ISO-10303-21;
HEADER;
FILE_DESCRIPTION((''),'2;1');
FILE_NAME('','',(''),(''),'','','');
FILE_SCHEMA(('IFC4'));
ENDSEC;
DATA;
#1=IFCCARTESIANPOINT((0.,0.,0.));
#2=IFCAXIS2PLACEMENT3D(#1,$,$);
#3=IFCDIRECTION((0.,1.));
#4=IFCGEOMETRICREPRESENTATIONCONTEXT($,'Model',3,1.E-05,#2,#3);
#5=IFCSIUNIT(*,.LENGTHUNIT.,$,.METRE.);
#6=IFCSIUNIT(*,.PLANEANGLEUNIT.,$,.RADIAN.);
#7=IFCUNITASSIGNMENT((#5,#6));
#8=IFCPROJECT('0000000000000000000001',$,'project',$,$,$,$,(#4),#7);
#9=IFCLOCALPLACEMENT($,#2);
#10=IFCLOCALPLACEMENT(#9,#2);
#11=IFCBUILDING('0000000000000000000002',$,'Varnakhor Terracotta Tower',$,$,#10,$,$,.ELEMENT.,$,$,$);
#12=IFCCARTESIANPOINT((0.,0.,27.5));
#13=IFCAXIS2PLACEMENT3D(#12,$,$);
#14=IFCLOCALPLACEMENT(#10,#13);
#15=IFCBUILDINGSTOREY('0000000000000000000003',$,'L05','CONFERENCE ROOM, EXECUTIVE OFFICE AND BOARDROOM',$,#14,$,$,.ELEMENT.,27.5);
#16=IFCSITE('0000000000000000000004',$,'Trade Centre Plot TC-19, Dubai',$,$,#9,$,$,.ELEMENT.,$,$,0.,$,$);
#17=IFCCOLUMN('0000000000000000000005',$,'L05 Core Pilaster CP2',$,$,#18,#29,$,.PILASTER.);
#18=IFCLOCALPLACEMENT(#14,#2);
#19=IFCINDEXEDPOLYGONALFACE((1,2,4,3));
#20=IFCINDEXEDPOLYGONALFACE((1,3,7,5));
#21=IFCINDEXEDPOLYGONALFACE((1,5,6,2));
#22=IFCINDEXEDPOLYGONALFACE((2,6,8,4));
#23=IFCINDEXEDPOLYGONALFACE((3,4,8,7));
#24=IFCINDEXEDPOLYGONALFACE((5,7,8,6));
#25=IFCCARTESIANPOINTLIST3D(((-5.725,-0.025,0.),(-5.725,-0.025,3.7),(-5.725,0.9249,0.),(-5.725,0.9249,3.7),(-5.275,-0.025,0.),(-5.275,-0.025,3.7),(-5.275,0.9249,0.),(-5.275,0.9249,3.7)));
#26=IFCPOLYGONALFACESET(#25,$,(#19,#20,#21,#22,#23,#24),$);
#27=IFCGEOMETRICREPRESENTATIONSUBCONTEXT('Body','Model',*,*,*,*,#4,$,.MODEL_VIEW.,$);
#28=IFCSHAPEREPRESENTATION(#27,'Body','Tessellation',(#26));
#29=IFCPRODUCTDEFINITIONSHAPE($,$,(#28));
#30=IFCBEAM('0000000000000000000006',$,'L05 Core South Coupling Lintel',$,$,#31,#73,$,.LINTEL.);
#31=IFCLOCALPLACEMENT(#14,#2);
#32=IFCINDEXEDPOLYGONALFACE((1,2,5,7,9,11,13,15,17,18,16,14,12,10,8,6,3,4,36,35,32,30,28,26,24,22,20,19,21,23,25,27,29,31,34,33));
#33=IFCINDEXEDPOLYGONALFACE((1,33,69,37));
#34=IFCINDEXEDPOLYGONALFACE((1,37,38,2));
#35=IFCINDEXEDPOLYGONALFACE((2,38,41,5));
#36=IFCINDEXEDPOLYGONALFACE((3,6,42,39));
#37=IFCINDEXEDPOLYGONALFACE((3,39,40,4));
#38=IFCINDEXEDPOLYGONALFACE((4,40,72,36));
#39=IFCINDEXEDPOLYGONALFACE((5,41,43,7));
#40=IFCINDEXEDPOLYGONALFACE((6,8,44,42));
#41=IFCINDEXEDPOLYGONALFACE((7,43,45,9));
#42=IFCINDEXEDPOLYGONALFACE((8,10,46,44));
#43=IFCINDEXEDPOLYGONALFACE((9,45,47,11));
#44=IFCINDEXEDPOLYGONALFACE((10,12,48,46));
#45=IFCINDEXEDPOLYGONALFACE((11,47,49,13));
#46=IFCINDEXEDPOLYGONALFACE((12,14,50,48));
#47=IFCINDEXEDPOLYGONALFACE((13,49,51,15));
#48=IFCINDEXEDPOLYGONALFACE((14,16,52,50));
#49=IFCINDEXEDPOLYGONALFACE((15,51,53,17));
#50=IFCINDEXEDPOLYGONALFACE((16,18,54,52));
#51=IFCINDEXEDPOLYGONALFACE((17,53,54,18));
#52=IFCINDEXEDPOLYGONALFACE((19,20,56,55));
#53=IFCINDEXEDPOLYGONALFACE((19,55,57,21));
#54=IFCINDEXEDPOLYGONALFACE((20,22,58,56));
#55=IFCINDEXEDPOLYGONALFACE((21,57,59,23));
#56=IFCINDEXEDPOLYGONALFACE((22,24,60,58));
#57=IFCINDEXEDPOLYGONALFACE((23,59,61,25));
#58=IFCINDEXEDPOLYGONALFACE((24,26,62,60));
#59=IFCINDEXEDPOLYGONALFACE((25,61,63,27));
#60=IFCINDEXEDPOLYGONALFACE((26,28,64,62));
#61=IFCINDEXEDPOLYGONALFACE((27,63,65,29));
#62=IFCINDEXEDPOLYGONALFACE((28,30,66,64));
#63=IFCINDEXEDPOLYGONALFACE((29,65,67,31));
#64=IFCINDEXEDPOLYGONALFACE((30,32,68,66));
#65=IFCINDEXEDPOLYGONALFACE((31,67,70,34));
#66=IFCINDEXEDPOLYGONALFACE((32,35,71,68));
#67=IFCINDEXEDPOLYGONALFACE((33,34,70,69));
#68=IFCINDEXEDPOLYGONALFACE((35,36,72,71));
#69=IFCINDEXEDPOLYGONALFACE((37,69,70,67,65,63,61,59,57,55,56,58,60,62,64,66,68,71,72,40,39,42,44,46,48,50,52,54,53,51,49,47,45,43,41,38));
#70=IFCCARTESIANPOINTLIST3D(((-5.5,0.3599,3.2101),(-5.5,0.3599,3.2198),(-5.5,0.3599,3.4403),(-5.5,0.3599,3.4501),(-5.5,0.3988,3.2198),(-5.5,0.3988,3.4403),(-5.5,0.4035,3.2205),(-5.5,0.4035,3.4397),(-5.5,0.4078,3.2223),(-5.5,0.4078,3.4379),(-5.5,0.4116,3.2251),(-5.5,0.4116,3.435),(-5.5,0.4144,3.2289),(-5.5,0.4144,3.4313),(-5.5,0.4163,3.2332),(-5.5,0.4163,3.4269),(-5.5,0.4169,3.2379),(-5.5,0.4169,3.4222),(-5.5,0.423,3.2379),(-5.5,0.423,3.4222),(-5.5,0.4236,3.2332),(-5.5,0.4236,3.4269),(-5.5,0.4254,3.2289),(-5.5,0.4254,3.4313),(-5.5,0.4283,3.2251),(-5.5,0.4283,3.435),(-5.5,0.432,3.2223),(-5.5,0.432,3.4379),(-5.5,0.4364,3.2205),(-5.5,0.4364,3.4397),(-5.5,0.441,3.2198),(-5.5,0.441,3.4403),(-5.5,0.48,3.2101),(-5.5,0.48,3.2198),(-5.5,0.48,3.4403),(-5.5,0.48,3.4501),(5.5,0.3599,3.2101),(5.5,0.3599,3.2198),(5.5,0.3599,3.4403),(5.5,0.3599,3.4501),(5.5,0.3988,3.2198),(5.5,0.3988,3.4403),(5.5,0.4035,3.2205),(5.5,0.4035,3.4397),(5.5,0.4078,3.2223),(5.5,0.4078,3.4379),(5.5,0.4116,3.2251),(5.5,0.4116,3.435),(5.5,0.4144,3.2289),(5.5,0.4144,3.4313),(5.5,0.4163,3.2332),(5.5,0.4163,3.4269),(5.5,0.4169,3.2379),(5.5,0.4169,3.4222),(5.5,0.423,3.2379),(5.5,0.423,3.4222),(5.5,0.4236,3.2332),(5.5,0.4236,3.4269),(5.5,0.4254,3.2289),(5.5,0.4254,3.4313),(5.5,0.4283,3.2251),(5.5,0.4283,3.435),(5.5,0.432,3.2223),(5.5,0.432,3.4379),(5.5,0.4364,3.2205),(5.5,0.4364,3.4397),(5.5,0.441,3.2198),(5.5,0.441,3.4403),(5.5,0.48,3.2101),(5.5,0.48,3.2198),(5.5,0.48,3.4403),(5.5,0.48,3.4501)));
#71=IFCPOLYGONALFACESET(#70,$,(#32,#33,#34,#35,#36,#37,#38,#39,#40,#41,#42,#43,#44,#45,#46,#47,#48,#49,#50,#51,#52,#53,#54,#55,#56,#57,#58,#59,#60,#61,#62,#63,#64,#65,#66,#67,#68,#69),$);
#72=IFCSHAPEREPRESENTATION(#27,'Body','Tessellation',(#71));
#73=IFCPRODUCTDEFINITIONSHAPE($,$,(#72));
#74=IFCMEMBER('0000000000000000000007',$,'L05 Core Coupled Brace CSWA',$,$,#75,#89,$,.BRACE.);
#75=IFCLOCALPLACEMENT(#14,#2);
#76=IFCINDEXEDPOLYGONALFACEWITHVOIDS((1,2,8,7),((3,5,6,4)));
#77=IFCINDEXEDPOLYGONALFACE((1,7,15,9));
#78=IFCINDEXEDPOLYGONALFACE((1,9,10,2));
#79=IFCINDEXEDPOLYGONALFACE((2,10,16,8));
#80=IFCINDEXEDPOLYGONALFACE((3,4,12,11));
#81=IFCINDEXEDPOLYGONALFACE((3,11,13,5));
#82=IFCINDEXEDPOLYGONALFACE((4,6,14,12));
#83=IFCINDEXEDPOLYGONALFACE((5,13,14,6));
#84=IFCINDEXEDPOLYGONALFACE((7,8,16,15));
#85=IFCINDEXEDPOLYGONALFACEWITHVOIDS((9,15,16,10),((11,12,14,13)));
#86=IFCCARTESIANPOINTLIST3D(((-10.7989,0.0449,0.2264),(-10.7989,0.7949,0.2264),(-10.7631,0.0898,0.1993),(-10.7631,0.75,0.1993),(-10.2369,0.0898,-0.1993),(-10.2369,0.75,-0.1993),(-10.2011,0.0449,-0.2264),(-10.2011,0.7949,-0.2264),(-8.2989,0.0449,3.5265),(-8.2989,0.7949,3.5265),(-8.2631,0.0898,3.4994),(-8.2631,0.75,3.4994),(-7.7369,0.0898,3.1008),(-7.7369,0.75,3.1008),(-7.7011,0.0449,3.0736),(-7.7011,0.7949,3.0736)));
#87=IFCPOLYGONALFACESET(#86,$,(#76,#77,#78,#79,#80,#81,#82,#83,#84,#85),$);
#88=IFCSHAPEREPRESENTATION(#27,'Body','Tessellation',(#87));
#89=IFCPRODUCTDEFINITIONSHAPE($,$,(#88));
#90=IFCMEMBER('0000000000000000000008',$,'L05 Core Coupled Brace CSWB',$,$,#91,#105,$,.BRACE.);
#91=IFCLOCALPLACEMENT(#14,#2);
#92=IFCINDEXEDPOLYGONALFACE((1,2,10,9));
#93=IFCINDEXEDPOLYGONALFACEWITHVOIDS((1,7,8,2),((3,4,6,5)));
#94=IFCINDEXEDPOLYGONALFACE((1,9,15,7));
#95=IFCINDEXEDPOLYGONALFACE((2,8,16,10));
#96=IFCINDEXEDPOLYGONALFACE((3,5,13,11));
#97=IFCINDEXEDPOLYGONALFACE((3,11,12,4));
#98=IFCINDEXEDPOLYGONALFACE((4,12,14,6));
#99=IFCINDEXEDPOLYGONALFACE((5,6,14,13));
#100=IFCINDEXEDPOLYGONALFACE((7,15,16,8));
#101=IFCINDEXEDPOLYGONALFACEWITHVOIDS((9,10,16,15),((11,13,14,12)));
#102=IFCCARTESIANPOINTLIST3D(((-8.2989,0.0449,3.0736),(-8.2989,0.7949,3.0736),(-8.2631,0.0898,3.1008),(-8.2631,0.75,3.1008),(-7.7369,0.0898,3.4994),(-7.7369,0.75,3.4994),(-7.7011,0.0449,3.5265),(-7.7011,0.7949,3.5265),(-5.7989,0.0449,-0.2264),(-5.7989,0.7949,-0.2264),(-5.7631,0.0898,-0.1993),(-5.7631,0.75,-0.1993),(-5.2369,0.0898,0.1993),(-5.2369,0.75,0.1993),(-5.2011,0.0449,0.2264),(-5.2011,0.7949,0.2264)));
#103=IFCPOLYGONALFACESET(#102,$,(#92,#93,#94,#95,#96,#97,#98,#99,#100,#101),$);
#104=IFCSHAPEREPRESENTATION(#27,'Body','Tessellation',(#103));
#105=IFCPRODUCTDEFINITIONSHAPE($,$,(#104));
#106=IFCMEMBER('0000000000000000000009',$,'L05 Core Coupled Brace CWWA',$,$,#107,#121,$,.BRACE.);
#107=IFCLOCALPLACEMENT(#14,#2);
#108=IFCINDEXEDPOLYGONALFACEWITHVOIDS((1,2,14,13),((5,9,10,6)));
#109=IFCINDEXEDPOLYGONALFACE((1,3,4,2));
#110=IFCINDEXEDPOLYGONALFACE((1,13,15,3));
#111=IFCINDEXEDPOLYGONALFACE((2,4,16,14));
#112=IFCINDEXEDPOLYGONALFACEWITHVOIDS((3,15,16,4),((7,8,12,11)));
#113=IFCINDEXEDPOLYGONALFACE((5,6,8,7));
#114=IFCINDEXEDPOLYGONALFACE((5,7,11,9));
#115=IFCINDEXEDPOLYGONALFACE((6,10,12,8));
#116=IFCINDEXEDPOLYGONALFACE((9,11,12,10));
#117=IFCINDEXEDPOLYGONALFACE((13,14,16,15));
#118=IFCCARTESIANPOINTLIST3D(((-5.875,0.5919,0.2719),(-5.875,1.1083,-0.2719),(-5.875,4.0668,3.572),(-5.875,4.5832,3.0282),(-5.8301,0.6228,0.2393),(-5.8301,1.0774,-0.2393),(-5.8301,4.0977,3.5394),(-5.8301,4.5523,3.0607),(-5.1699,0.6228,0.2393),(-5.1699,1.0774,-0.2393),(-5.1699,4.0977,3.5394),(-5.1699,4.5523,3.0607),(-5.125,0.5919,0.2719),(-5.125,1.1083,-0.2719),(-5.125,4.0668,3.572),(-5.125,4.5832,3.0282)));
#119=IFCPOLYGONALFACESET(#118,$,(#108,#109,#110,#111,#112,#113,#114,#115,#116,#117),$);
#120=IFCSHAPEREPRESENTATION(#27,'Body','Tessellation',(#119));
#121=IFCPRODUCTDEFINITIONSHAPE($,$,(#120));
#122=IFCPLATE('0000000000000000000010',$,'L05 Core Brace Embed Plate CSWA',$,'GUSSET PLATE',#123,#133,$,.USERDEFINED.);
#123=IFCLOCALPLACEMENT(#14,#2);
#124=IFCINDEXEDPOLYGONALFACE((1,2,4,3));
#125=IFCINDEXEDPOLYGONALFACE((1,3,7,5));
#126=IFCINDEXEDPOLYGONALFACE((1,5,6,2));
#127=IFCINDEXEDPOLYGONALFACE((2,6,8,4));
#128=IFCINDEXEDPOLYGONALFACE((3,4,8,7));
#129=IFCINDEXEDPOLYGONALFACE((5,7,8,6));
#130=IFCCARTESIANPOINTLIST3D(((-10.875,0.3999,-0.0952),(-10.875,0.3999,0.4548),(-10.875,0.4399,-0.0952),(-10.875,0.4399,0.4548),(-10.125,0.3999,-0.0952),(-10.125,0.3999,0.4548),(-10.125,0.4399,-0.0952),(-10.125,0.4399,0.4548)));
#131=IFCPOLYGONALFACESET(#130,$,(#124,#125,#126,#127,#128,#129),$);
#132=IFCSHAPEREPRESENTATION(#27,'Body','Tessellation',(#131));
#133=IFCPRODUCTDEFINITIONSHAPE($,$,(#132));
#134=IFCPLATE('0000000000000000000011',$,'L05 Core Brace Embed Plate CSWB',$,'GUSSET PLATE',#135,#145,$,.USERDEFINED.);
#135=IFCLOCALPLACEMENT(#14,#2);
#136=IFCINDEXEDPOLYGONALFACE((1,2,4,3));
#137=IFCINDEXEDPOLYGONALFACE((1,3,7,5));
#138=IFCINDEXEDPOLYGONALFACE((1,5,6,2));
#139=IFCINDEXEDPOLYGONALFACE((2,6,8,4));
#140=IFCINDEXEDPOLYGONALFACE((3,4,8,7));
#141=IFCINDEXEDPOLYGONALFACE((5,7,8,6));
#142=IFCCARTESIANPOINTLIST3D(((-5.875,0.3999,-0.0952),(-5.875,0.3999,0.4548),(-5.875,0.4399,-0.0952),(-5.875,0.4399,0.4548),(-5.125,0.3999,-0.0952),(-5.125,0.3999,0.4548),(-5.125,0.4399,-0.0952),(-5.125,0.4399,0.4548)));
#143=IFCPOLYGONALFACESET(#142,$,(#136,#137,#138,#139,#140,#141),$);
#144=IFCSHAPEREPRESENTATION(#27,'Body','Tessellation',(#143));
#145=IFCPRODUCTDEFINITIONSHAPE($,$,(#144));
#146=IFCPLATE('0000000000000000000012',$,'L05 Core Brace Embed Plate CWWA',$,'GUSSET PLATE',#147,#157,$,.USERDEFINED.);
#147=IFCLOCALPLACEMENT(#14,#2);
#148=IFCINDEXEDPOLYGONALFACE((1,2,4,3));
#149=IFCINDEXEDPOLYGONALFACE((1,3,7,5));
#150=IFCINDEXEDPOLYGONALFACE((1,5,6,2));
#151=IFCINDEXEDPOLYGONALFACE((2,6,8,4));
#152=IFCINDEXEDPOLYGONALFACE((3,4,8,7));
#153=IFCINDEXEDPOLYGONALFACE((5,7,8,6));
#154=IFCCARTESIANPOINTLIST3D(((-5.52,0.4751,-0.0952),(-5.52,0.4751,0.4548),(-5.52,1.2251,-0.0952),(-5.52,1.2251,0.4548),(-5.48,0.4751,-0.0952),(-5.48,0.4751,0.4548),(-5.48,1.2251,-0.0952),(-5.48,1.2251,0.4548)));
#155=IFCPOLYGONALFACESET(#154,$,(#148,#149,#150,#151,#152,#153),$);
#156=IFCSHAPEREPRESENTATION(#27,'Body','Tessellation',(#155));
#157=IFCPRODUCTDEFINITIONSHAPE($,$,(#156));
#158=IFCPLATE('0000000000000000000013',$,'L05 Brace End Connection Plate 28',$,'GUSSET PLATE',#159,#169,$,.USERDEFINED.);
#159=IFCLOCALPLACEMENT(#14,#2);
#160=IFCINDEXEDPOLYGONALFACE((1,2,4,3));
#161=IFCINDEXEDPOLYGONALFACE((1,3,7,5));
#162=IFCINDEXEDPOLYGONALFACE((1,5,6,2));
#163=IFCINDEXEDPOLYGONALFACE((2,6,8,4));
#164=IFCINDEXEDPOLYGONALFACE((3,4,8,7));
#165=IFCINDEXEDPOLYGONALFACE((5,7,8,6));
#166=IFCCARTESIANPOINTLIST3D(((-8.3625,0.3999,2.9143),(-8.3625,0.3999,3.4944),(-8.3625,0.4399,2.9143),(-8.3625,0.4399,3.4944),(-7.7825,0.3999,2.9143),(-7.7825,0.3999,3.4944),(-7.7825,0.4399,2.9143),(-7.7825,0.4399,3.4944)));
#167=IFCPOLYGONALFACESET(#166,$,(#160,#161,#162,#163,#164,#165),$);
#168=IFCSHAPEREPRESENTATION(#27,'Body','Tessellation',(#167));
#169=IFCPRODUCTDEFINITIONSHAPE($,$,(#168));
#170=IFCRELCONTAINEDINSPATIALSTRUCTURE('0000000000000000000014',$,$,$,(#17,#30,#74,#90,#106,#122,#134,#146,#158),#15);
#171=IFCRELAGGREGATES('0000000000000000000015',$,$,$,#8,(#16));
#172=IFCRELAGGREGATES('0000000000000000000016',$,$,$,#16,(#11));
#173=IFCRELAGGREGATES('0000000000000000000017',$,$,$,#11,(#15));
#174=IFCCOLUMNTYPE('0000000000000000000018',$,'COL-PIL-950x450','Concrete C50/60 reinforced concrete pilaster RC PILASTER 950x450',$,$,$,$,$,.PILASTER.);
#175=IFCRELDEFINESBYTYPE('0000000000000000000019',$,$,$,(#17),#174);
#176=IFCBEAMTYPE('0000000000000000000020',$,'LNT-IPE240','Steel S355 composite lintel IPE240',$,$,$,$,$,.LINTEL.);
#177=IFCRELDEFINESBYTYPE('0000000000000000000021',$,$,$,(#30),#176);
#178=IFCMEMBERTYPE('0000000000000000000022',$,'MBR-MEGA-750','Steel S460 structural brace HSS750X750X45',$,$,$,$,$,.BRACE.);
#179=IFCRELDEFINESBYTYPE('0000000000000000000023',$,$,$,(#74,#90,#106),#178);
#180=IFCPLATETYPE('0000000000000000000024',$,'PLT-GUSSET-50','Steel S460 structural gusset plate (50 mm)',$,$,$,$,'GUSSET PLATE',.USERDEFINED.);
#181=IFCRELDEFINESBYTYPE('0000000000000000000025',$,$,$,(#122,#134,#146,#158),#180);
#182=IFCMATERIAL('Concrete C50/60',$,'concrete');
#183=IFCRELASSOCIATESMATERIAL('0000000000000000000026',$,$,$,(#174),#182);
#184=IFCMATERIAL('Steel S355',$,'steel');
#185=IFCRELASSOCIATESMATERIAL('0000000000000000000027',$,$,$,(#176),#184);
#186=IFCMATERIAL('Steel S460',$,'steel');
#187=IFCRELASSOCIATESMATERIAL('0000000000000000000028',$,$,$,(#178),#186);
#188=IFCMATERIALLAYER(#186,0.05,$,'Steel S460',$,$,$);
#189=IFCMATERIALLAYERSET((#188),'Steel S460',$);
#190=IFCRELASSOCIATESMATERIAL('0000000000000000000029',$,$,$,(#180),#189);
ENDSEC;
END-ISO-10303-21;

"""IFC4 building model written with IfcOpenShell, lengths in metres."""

from ifc_helpers import new_model, si_unit, direction, frame, origin, origin_2d, place, context, subcontext, project, spatial, rectangle, hollow_rectangle, i_section, extrude, source, transform, mapped, material, layer, layer_set, material_profile, profile_set, type_object, type_shapes, element, save


model = new_model("IFC4")

# Units and contexts
model_context = context("Model", 3, precision=1e-05, world=origin(), true_north=direction((0.0, 1.0)))
body_context = subcontext(model_context, "Body", "Model", "MODEL_VIEW")
ifc_project = project(units=[si_unit("LENGTHUNIT", "METRE"), si_unit("PLANEANGLEUNIT", "RADIAN")], contexts=[model_context])

# Site, building, storey
site_placement = place(None, origin())
site = spatial("IfcSite", under=ifc_project, at=site_placement, Name="Trade Centre Plot TC-19, Dubai", CompositionType="ELEMENT", RefElevation=0.0)
building_placement = place(site_placement, origin())
building = spatial("IfcBuilding", under=site, at=building_placement, Name="Varnakhor Terracotta Tower", CompositionType="ELEMENT")
storey_placement = place(building_placement, frame((0.0, 0.0, 27.5)))
storey = spatial("IfcBuildingStorey", under=building, at=storey_placement, Name="L05", Description="CONFERENCE ROOM, EXECUTIVE OFFICE AND BOARDROOM", CompositionType="ELEMENT", Elevation=27.5)

# Column
ifc_material_1 = material(Name="Concrete C50/60", Category="concrete")
ifc_material_profile_1 = material_profile(ifc_material_1, rectangle(XDim=0.45, YDim=0.95, at=origin_2d()), Name="RC PILASTER 950x450")
ifc_profile_set_1 = profile_set([ifc_material_profile_1], Name="Concrete C50/60")
column_type = type_object("IfcColumnType", Name="COL-PIL-950x450", Description="Concrete C50/60 reinforced concrete pilaster RC PILASTER 950x450", PredefinedType="PILASTER", material=ifc_profile_set_1)
shared_shape_1 = source(origin(), body_context, "Body", "SweptSolid", [
    extrude(rectangle(XDim=0.45, YDim=0.95, at=origin_2d()), origin(), (0.0, 0.0, 1.0), 3.7),
])
column_placement = place(storey_placement, frame((-5.5, 0.45, 0.0), z_axis=(0.0, 0.0, 1.0), x_axis=(1.0, 0.0, 0.0)))
element("IfcColumn", 1, at=column_placement, inside=storey, type_object=column_type, Name="L05 Core Pilaster CP2", PredefinedType="PILASTER", context=body_context, shape_type="MappedRepresentation", body=[
    mapped(shared_shape_1, transform((0.0, 0.0, 0.0), scale=1.0)),
])

# Beam
ifc_material_2 = material(Name="Steel S355", Category="steel")
ifc_material_profile_2 = material_profile(ifc_material_2, i_section(OverallWidth=0.1201, OverallDepth=0.24, WebThickness=0.0061, FlangeThickness=0.0098, FilletRadius=0.0181, at=origin_2d()), Name="IPE240")
ifc_profile_set_2 = profile_set([ifc_material_profile_2], Name="Steel S355")
beam_type = type_object("IfcBeamType", Name="LNT-IPE240", Description="Steel S355 composite lintel IPE240", PredefinedType="LINTEL", material=ifc_profile_set_2)
shared_shape_2 = source(origin(), body_context, "Body", "SweptSolid", [
    extrude(i_section(OverallWidth=0.1201, OverallDepth=0.24, WebThickness=0.0061, FlangeThickness=0.0098, FilletRadius=0.0181, at=origin_2d()), origin(), (0.0, 0.0, 1.0), 11.0),
])
type_shapes(beam_type, [shared_shape_2])
beam_placement = place(storey_placement, frame((-5.5, 0.4199, 3.3301), z_axis=(1.0, 0.0, 0.0), x_axis=(0.0, 1.0, 0.0)))
element("IfcBeam", 2, at=beam_placement, inside=storey, type_object=beam_type, Name="L05 Core South Coupling Lintel", PredefinedType="LINTEL", context=body_context, shape_type="MappedRepresentation", body=[
    mapped(shared_shape_2, transform((0.0, 0.0, 0.0), scale=1.0)),
])

# Members
ifc_material_3 = material(Name="Steel S460", Category="steel")
ifc_material_profile_3 = material_profile(ifc_material_3, hollow_rectangle(XDim=0.75, YDim=0.75, WallThickness=0.0449, at=origin_2d()), Name="HSS750X750X45")
ifc_profile_set_3 = profile_set([ifc_material_profile_3], Name="Steel S460")
member_type = type_object("IfcMemberType", Name="MBR-MEGA-750", Description="Steel S460 structural brace HSS750X750X45", PredefinedType="BRACE", material=ifc_profile_set_3)
shared_shape_3 = source(origin(), body_context, "Body", "SweptSolid", [
    extrude(hollow_rectangle(XDim=0.75, YDim=0.75, WallThickness=0.0449, at=origin_2d()), origin(), (0.0, 0.0, 1.0), 4.1401),
])
type_shapes(member_type, [shared_shape_3])
for number, where, z_axis, x_axis, name in (
    (3, (-10.5, 0.4199, 0.0), (0.603852, 0.0, 0.797096), (0.0, 1.0, 0.0), "L05 Core Coupled Brace CSWA"),
    (4, (-5.5, 0.4199, 0.0), (-0.603852, 0.0, 0.797096), (0.0, -1.0, 0.0), "L05 Core Coupled Brace CSWB"),
):
    element("IfcMember", number, at=place(storey_placement, frame(where, z_axis=z_axis, x_axis=x_axis)), inside=storey, type_object=member_type, Name=name, PredefinedType="BRACE", context=body_context, shape_type="MappedRepresentation", body=[
        mapped(shared_shape_3, transform((0.0, 0.0, 0.0), scale=1.0)),
    ])
shared_shape_4 = source(origin(), body_context, "Body", "SweptSolid", [
    extrude(hollow_rectangle(XDim=0.75, YDim=0.75, WallThickness=0.0449, at=origin_2d()), origin(), (0.0, 0.0, 1.0), 4.7922),
])
member_placement = place(storey_placement, frame((-5.5, 0.8501, 0.0), z_axis=(0.0, 0.72511, 0.688633), x_axis=(-1.0, 0.0, 0.0)))
element("IfcMember", 5, at=member_placement, inside=storey, type_object=member_type, Name="L05 Core Coupled Brace CWWA", PredefinedType="BRACE", context=body_context, shape_type="MappedRepresentation", body=[
    mapped(shared_shape_4, transform((0.0, 0.0, 0.0), scale=1.0)),
])

# Plates
ifc_layer_1 = layer(ifc_material_3, 0.05, Name="Steel S460")
ifc_layer_set_1 = layer_set([ifc_layer_1], Name="Steel S460")
plate_type = type_object("IfcPlateType", Name="PLT-GUSSET-50", Description="Steel S460 structural gusset plate (50 mm)", ElementType="GUSSET PLATE", PredefinedType="USERDEFINED", material=ifc_layer_set_1)
shared_shape_5 = source(origin(), body_context, "Body", "SweptSolid", [
    extrude(rectangle(XDim=0.75, YDim=0.04, at=origin_2d()), origin(), (0.0, 0.0, 1.0), 0.55),
])
type_shapes(plate_type, [shared_shape_5])
for number, where, z_axis, x_axis, name in (
    (6, (-10.5, 0.4199, -0.0952), (0.0, 0.0, 1.0), (1.0, 0.0, 0.0), "L05 Core Brace Embed Plate CSWA"),
    (7, (-5.5, 0.4199, -0.0952), (0.0, 0.0, 1.0), (1.0, 0.0, 0.0), "L05 Core Brace Embed Plate CSWB"),
    (8, (-5.5, 0.8501, -0.0952), (0.0, 0.0, 1.0), (0.0, 1.0, 0.0), "L05 Core Brace Embed Plate CWWA"),
):
    element("IfcPlate", number, at=place(storey_placement, frame(where, z_axis=z_axis, x_axis=x_axis)), inside=storey, type_object=plate_type, Name=name, ObjectType="GUSSET PLATE", PredefinedType="USERDEFINED", context=body_context, shape_type="MappedRepresentation", body=[
        mapped(shared_shape_5, transform((0.0, 0.0, 0.0), scale=1.0)),
    ])
shared_shape_6 = source(origin(), body_context, "Body", "SweptSolid", [
    extrude(rectangle(XDim=0.5801, YDim=0.04, at=origin_2d()), origin(), (0.0, 0.0, 1.0), 0.5801),
])
plate_placement = place(storey_placement, frame((-8.0725, 0.4199, 2.9143), z_axis=(0.0, 0.0, 1.0), x_axis=(1.0, 0.0, 0.0)))
element("IfcPlate", 9, at=plate_placement, inside=storey, type_object=plate_type, Name="L05 Brace End Connection Plate 28", ObjectType="GUSSET PLATE", PredefinedType="USERDEFINED", context=body_context, shape_type="MappedRepresentation", body=[
    mapped(shared_shape_6, transform((0.0, 0.0, 0.0), scale=1.0)),
])

save(model, "model.ifc")
